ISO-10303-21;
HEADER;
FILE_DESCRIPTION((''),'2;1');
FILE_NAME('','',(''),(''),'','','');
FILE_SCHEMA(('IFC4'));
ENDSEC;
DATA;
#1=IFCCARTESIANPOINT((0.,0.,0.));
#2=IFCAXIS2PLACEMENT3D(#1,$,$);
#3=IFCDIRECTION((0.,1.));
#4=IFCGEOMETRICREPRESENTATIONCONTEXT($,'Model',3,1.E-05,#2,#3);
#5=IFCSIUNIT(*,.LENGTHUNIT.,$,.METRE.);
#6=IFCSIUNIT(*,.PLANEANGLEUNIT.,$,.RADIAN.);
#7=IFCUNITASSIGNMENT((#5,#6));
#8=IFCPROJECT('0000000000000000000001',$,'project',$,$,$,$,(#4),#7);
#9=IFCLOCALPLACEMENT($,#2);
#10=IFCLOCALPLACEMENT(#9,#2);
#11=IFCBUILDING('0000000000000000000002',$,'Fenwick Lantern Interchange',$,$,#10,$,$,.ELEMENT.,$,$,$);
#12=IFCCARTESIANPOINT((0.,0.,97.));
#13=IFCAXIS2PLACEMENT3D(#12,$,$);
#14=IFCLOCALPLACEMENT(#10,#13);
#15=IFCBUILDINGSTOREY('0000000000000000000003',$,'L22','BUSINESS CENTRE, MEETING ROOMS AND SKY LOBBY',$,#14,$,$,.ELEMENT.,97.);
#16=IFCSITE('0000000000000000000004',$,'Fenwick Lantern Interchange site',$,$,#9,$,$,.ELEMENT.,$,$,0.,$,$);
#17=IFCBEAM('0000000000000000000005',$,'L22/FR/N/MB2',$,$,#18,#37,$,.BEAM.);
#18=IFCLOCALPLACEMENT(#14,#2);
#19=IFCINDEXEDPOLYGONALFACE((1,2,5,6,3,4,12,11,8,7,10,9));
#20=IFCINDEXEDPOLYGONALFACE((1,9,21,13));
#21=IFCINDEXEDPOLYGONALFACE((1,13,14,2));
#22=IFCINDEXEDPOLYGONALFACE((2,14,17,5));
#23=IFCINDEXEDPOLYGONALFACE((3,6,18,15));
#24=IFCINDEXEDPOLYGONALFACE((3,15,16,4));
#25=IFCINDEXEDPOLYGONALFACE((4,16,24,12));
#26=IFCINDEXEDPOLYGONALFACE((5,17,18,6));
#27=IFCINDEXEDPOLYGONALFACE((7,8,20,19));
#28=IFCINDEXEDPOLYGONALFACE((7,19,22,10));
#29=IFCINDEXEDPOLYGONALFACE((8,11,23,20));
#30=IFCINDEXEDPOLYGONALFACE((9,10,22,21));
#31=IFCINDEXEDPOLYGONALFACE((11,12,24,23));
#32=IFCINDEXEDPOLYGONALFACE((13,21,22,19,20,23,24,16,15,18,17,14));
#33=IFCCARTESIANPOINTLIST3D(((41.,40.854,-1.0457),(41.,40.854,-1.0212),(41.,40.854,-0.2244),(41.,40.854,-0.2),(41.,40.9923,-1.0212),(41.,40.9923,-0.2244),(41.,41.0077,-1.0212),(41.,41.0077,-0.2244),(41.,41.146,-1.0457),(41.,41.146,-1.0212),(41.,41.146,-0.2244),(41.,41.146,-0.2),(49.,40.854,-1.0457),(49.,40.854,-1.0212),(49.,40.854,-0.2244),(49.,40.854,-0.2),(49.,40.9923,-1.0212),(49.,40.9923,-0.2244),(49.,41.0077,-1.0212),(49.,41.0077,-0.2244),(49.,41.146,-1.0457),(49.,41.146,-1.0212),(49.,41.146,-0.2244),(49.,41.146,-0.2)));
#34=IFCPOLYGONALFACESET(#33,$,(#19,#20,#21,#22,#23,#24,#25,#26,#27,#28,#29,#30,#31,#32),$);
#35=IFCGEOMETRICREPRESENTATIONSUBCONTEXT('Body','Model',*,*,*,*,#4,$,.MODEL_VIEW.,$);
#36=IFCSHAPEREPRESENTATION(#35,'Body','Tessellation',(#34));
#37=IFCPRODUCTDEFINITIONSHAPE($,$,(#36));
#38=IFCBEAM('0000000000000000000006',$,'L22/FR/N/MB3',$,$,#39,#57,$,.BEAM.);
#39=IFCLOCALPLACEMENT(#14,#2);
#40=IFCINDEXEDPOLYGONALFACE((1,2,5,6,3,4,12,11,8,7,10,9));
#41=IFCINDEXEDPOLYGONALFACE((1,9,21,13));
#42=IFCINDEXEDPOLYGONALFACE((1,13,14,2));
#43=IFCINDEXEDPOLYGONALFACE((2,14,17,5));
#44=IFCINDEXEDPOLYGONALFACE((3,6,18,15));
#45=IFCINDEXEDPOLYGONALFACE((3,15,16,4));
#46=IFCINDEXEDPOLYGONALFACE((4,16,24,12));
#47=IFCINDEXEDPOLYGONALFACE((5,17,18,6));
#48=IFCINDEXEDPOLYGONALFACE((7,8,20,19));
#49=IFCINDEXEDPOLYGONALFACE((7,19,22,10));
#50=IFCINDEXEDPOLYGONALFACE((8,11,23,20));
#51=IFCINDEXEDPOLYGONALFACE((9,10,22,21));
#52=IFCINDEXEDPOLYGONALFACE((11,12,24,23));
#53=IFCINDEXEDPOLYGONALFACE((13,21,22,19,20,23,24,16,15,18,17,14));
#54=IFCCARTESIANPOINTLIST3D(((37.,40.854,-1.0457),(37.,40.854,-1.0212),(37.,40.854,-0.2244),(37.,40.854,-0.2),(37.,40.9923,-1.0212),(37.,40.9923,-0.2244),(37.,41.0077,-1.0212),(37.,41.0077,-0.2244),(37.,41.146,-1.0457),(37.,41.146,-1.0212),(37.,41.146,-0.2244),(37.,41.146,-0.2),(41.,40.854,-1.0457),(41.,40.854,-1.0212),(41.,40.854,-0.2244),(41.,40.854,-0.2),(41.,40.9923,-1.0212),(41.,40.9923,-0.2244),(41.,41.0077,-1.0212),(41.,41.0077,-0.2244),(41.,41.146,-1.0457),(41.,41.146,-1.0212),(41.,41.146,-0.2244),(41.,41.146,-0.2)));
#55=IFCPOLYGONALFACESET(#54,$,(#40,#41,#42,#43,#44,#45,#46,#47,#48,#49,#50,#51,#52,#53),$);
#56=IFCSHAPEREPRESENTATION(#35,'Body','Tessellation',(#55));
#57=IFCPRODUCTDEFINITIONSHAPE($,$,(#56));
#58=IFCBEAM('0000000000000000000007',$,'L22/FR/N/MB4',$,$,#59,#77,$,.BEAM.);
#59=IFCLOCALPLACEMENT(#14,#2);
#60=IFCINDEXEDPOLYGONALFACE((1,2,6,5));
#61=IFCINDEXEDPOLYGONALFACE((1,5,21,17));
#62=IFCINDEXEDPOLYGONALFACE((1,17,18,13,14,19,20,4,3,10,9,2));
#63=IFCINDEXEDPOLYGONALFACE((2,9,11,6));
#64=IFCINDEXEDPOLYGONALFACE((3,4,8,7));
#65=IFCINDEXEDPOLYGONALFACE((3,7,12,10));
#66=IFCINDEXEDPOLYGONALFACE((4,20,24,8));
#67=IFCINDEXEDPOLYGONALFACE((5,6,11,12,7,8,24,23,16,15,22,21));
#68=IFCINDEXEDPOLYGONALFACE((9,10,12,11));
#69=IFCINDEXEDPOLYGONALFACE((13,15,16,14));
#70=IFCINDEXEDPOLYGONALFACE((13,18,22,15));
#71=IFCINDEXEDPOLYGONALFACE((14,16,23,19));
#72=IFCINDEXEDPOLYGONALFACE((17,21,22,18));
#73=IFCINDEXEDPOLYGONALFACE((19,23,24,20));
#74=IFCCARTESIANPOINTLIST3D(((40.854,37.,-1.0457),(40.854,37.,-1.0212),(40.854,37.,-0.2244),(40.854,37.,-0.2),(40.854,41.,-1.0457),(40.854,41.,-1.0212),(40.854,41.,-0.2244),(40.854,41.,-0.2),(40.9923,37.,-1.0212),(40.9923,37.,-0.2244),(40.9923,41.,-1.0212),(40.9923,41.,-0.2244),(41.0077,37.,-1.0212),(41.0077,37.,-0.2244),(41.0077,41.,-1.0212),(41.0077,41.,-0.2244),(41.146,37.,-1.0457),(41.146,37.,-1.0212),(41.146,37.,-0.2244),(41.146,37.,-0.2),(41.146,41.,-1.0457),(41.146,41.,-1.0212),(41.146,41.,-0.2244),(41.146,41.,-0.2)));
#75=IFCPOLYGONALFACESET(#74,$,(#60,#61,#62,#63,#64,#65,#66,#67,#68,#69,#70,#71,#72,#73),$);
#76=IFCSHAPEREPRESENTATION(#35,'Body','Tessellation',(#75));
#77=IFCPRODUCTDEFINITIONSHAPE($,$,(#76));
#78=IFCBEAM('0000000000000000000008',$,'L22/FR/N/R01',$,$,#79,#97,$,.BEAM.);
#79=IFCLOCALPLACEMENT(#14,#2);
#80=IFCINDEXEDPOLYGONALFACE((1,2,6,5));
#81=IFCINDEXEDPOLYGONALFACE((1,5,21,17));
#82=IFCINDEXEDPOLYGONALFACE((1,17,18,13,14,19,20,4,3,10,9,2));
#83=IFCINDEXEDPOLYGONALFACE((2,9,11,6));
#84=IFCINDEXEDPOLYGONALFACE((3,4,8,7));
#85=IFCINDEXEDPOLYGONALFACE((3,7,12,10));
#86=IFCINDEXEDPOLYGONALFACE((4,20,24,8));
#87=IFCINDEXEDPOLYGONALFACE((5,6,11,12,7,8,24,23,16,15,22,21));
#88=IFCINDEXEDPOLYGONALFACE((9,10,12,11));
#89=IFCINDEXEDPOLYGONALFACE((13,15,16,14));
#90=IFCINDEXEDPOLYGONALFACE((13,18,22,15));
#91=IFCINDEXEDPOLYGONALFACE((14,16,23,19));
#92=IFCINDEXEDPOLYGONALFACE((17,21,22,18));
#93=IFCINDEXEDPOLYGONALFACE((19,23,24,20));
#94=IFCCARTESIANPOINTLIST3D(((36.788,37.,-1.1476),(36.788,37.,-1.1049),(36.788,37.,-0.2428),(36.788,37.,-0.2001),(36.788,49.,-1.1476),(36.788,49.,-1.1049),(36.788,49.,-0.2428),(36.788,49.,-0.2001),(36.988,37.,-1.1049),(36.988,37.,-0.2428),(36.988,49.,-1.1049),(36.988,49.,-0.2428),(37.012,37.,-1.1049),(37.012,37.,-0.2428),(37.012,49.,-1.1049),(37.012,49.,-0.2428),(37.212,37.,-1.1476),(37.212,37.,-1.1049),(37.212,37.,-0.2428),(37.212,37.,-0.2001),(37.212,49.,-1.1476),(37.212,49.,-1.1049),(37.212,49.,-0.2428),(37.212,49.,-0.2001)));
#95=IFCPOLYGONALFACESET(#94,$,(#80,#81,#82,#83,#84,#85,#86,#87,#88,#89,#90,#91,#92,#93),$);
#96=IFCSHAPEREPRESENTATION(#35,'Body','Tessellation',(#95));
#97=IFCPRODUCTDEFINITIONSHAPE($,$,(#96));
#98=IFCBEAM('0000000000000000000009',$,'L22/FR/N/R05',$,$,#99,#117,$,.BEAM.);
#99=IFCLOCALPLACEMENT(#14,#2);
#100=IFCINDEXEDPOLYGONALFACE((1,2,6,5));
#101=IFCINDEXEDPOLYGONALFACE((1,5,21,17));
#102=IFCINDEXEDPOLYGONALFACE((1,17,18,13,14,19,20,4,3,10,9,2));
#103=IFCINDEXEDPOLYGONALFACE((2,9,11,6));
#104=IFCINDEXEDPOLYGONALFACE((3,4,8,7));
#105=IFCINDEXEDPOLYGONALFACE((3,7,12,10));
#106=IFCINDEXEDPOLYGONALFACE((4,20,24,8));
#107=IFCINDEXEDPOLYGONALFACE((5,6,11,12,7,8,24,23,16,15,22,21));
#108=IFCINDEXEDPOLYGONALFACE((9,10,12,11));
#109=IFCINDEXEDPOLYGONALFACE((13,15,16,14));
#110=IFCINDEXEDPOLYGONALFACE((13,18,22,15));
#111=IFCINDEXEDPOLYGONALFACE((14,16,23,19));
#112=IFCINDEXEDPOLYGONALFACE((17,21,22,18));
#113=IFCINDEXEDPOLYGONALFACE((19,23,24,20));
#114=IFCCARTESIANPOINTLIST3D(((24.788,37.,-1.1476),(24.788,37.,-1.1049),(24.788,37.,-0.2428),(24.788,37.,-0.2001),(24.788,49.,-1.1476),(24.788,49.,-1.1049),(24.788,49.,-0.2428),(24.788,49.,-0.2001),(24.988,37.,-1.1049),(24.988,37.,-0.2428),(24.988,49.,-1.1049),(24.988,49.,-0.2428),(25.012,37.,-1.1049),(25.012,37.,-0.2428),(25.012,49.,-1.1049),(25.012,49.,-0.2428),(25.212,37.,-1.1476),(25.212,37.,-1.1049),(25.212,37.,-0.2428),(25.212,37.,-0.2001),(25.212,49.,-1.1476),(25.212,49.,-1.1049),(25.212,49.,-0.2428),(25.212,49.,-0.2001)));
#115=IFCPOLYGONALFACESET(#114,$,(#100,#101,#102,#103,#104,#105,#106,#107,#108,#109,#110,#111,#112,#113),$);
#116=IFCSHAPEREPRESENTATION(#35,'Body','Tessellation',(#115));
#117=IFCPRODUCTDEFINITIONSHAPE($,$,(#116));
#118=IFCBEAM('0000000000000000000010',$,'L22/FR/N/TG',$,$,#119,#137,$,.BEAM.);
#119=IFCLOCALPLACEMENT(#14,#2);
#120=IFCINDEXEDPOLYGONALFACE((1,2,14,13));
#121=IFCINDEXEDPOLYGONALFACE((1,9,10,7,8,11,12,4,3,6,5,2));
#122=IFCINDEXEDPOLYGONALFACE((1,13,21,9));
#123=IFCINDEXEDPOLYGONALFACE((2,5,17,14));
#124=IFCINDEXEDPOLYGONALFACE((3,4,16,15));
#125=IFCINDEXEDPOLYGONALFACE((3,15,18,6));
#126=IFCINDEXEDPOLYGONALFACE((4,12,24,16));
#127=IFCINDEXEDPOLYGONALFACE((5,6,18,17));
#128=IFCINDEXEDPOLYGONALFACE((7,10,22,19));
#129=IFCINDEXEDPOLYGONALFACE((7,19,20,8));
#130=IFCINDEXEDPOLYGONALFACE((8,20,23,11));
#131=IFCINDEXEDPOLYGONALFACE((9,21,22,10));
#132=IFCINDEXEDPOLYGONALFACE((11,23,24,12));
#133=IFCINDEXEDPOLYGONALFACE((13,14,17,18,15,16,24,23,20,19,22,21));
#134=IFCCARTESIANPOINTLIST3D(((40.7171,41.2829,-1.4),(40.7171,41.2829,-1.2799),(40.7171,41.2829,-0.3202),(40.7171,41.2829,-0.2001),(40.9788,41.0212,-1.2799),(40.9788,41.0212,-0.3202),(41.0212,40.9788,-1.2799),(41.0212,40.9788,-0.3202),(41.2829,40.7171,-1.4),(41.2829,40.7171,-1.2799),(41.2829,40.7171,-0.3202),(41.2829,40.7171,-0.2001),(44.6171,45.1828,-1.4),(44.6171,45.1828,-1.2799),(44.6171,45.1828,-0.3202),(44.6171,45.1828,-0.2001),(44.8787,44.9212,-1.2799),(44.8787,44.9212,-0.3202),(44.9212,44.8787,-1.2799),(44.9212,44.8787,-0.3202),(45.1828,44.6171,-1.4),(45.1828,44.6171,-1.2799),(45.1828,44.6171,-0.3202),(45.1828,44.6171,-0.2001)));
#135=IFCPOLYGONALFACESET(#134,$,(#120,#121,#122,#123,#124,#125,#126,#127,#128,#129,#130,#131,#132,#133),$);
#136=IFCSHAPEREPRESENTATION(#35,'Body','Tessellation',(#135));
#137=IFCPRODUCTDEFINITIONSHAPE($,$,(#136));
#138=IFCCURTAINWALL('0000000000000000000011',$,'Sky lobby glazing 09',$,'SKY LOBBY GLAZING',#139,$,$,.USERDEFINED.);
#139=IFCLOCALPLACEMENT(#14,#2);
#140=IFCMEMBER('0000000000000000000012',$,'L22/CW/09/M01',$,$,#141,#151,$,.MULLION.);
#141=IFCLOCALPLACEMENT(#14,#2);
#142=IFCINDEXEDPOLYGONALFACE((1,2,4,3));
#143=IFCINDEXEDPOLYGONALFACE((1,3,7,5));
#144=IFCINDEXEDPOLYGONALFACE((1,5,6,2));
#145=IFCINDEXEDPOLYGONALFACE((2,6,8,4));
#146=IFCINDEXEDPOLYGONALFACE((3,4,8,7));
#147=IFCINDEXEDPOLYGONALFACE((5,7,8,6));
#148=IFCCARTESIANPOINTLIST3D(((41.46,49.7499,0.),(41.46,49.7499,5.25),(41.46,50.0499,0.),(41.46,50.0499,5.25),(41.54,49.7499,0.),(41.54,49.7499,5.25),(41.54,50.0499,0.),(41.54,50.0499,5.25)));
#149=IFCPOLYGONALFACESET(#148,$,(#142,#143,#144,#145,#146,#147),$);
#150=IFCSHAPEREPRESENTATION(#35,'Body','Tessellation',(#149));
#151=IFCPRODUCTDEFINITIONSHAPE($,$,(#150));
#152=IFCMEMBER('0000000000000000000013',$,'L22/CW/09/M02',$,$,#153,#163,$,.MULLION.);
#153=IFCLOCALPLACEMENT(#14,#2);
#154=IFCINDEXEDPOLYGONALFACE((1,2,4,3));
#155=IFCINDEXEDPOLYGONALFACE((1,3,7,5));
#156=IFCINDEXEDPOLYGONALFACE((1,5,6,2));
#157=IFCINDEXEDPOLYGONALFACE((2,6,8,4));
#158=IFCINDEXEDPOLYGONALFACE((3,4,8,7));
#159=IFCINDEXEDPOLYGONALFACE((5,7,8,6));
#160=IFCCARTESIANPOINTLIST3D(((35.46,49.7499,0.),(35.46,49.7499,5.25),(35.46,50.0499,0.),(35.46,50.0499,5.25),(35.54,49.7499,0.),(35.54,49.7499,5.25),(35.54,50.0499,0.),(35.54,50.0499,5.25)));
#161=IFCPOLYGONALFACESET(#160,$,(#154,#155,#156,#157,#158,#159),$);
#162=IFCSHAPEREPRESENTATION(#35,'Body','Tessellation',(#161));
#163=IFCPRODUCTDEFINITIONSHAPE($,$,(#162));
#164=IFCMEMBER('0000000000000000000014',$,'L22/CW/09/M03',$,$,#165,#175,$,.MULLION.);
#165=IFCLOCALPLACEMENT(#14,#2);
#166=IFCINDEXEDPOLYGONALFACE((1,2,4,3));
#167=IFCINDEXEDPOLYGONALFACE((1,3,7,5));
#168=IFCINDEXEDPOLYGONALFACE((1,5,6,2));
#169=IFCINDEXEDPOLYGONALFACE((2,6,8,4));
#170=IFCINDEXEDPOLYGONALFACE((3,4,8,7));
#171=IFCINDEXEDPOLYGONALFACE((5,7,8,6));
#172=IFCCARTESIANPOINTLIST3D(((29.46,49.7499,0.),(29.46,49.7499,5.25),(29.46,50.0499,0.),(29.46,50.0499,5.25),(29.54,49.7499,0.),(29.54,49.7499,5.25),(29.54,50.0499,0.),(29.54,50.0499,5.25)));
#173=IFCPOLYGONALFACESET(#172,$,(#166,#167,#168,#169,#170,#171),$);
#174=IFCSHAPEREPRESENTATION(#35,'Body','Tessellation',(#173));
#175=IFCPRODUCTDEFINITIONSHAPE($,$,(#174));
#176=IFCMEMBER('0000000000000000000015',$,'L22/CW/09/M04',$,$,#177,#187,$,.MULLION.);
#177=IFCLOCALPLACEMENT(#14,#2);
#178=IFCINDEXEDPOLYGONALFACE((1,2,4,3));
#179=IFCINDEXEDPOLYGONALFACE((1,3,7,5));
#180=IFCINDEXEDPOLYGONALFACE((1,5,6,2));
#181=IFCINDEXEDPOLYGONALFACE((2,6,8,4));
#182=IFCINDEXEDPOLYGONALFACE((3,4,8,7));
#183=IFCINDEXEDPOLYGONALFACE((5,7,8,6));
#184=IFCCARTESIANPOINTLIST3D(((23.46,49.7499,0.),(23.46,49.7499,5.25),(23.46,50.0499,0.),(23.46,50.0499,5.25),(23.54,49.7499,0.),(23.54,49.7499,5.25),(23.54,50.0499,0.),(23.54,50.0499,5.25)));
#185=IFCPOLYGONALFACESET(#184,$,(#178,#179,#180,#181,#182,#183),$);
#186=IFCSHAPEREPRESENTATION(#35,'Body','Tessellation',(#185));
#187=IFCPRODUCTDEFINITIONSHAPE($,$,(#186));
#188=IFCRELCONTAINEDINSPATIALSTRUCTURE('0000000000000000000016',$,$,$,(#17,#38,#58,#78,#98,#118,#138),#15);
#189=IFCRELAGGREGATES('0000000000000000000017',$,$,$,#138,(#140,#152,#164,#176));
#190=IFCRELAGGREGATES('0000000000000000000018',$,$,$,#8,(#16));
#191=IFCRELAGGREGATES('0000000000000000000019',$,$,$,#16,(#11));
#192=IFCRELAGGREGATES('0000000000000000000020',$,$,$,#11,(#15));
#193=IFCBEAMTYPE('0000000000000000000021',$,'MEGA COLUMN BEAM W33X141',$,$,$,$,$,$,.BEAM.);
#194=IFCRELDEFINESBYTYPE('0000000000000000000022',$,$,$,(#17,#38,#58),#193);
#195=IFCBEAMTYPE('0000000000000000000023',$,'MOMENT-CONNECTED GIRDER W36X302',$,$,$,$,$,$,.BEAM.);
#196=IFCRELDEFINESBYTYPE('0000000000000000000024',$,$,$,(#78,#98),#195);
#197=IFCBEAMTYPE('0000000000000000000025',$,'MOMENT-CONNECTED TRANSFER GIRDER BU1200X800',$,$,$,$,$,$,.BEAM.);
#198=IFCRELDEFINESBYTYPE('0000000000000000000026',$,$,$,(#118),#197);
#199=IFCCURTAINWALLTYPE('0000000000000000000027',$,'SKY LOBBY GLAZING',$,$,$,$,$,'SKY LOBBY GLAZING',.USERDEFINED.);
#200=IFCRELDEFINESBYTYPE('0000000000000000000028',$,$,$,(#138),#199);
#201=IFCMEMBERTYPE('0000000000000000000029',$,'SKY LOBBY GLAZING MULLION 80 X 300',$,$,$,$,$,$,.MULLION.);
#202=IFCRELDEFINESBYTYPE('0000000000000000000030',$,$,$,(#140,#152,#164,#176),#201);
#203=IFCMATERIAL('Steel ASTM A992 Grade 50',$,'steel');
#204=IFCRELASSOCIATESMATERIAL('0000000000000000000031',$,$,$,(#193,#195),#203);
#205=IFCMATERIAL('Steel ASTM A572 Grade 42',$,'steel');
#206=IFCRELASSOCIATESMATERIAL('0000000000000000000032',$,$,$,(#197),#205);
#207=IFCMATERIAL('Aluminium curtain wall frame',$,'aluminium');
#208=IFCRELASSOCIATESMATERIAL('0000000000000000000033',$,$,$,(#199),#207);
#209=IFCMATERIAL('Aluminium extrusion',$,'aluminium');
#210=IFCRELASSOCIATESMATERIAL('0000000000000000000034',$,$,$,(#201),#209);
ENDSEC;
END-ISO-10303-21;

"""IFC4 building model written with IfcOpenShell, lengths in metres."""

from ifc_helpers import new_model, si_unit, direction, frame, origin, origin_2d, place, context, subcontext, project, spatial, rectangle, i_section, extrude, material, material_profile, profile_set, type_object, element, aggregate, save


model = new_model("IFC4")

# Units and contexts
model_context = context("Model", 3, precision=1e-05, world=origin(), true_north=direction((0.0, 1.0)))
body_context = subcontext(model_context, "Body", "Model", "MODEL_VIEW")
ifc_project = project(units=[si_unit("LENGTHUNIT", "METRE"), si_unit("PLANEANGLEUNIT", "RADIAN")], contexts=[model_context])

# Site, building, storey
site_placement = place(None, origin())
site = spatial("IfcSite", under=ifc_project, at=site_placement, Name="Fenwick Lantern Interchange site", CompositionType="ELEMENT", RefElevation=0.0)
building_placement = place(site_placement, origin())
building = spatial("IfcBuilding", under=site, at=building_placement, Name="Fenwick Lantern Interchange", CompositionType="ELEMENT")
storey_placement = place(building_placement, frame((0.0, 0.0, 97.0)))
storey = spatial("IfcBuildingStorey", under=building, at=storey_placement, Name="L22", Description="BUSINESS CENTRE, MEETING ROOMS AND SKY LOBBY", CompositionType="ELEMENT", Elevation=97.0)

# Shared definitions
ifc_material_1 = material(Name="Steel ASTM A992 Grade 50", Category="steel")

# Beams
ifc_material_profile_1 = material_profile(ifc_material_1, i_section(OverallWidth=0.292, OverallDepth=0.8457, WebThickness=0.0154, FlangeThickness=0.0244, at=origin_2d()), Name="W33X141")
ifc_profile_set_1 = profile_set([ifc_material_profile_1], Name="Steel ASTM A992 Grade 50")
beam_type_1 = type_object("IfcBeamType", Name="MEGA COLUMN BEAM W33X141", PredefinedType="BEAM", material=ifc_profile_set_1)
beam_1_placement = place(storey_placement, frame((41.0, 41.0, -0.6228), z_axis=(1.0, 0.0, 0.0), x_axis=(0.0, 1.0, 0.0)))
element("IfcBeam", 1, at=beam_1_placement, inside=storey, type_object=beam_type_1, Name="L22/FR/N/MB2", PredefinedType="BEAM", context=body_context, shape_type="SweptSolid", body=[
    extrude(i_section(OverallWidth=0.292, OverallDepth=0.8457, WebThickness=0.0154, FlangeThickness=0.0244, at=origin_2d()), origin(), (0.0, 0.0, 1.0), 8.0),
])
for number, where, z_axis, x_axis, name in (
    (2, (41.0, 41.0, -0.6228), (-1.0, 0.0, 0.0), (0.0, -1.0, 0.0), "L22/FR/N/MB3"),
    (3, (41.0, 41.0, -0.6228), (0.0, -1.0, 0.0), (1.0, 0.0, 0.0), "L22/FR/N/MB4"),
):
    element("IfcBeam", number, at=place(storey_placement, frame(where, z_axis=z_axis, x_axis=x_axis)), inside=storey, type_object=beam_type_1, Name=name, PredefinedType="BEAM", context=body_context, shape_type="SweptSolid", body=[
        extrude(i_section(OverallWidth=0.292, OverallDepth=0.8457, WebThickness=0.0154, FlangeThickness=0.0244, at=origin_2d()), origin(), (0.0, 0.0, 1.0), 4.0),
    ])
ifc_material_profile_2 = material_profile(ifc_material_1, i_section(OverallWidth=0.4241, OverallDepth=0.9475, WebThickness=0.0239, FlangeThickness=0.0427, at=origin_2d()), Name="W36X302")
ifc_profile_set_2 = profile_set([ifc_material_profile_2], Name="Steel ASTM A992 Grade 50")
beam_type_2 = type_object("IfcBeamType", Name="MOMENT-CONNECTED GIRDER W36X302", PredefinedType="BEAM", material=ifc_profile_set_2)
for number, where, z_axis, x_axis, name in (
    (4, (37.0, 49.0, -0.6738), (0.0, -1.0, 0.0), (1.0, 0.0, 0.0), "L22/FR/N/R01"),
    (5, (25.0, 49.0, -0.6738), (0.0, -1.0, 0.0), (1.0, 0.0, 0.0), "L22/FR/N/R05"),
):
    element("IfcBeam", number, at=place(storey_placement, frame(where, z_axis=z_axis, x_axis=x_axis)), inside=storey, type_object=beam_type_2, Name=name, PredefinedType="BEAM", context=body_context, shape_type="SweptSolid", body=[
        extrude(i_section(OverallWidth=0.4241, OverallDepth=0.9475, WebThickness=0.0239, FlangeThickness=0.0427, at=origin_2d()), origin(), (0.0, 0.0, 1.0), 12.0),
    ])
ifc_material_2 = material(Name="Steel ASTM A572 Grade 42", Category="steel")
ifc_material_profile_3 = material_profile(ifc_material_2, i_section(OverallWidth=0.8, OverallDepth=1.2, WebThickness=0.0601, FlangeThickness=0.1201, at=origin_2d()), Name="BU1200X800")
ifc_profile_set_3 = profile_set([ifc_material_profile_3], Name="Steel ASTM A572 Grade 42")
beam_type_3 = type_object("IfcBeamType", Name="MOMENT-CONNECTED TRANSFER GIRDER BU1200X800", PredefinedType="BEAM", material=ifc_profile_set_3)
beam_2_placement = place(storey_placement, frame((41.0, 41.0, -0.8), z_axis=(0.707107, 0.707107, 0.0), x_axis=(-0.707107, 0.707107, 0.0)))
element("IfcBeam", 6, at=beam_2_placement, inside=storey, type_object=beam_type_3, Name="L22/FR/N/TG", PredefinedType="BEAM", context=body_context, shape_type="SweptSolid", body=[
    extrude(i_section(OverallWidth=0.8, OverallDepth=1.2, WebThickness=0.0601, FlangeThickness=0.1201, at=origin_2d()), origin(), (0.0, 0.0, 1.0), 5.5154),
])

# Curtain wall, members
ifc_material_3 = material(Name="Aluminium curtain wall frame", Category="aluminium")
curtain_wall_type = type_object("IfcCurtainWallType", Name="SKY LOBBY GLAZING", ElementType="SKY LOBBY GLAZING", PredefinedType="USERDEFINED", material=ifc_material_3)
curtain_wall_placement = place(storey_placement, origin())
curtain_wall = element("IfcCurtainWall", 7, at=curtain_wall_placement, inside=storey, type_object=curtain_wall_type, Name="Sky lobby glazing 09", ObjectType="SKY LOBBY GLAZING", PredefinedType="USERDEFINED")
ifc_material_4 = material(Name="Aluminium extrusion", Category="aluminium")
ifc_material_profile_4 = material_profile(ifc_material_4, rectangle(XDim=0.3, YDim=0.0801, at=origin_2d()), Name="SKY LOBBY GLAZING MULLION 80 X 300")
ifc_profile_set_4 = profile_set([ifc_material_profile_4], Name="Aluminium extrusion")
member_type_1 = type_object("IfcMemberType", Name="SKY LOBBY GLAZING MULLION 80 X 300", PredefinedType="MULLION", material=ifc_profile_set_4)
member_1_placement = place(storey_placement, frame((41.5, 49.8999, 0.0), z_axis=(0.0, 0.0, 1.0), x_axis=(0.0, -1.0, 0.0)))
member_1 = element("IfcMember", 8, at=member_1_placement, type_object=member_type_1, Name="L22/CW/09/M01", PredefinedType="MULLION", context=body_context, shape_type="SweptSolid", body=[
    extrude(rectangle(XDim=0.3, YDim=0.0801, at=origin_2d()), origin(), (0.0, 0.0, 1.0), 5.25),
])
member_2_placement = place(storey_placement, frame((35.5, 49.8999, 0.0), z_axis=(0.0, 0.0, 1.0), x_axis=(0.0, -1.0, 0.0)))
member_2 = element("IfcMember", 9, at=member_2_placement, type_object=member_type_1, Name="L22/CW/09/M02", PredefinedType="MULLION", context=body_context, shape_type="SweptSolid", body=[
    extrude(rectangle(XDim=0.3, YDim=0.0801, at=origin_2d()), origin(), (0.0, 0.0, 1.0), 5.25),
])
member_3_placement = place(storey_placement, frame((29.5, 49.8999, 0.0), z_axis=(0.0, 0.0, 1.0), x_axis=(0.0, -1.0, 0.0)))
member_3 = element("IfcMember", 10, at=member_3_placement, type_object=member_type_1, Name="L22/CW/09/M03", PredefinedType="MULLION", context=body_context, shape_type="SweptSolid", body=[
    extrude(rectangle(XDim=0.3, YDim=0.0801, at=origin_2d()), origin(), (0.0, 0.0, 1.0), 5.25),
])
member_4_placement = place(storey_placement, frame((23.5, 49.8999, 0.0), z_axis=(0.0, 0.0, 1.0), x_axis=(0.0, -1.0, 0.0)))
member_4 = element("IfcMember", 11, at=member_4_placement, type_object=member_type_1, Name="L22/CW/09/M04", PredefinedType="MULLION", context=body_context, shape_type="SweptSolid", body=[
    extrude(rectangle(XDim=0.3, YDim=0.0801, at=origin_2d()), origin(), (0.0, 0.0, 1.0), 5.25),
])
aggregate(curtain_wall, [member_1, member_2, member_3, member_4])

save(model, "model.ifc")
